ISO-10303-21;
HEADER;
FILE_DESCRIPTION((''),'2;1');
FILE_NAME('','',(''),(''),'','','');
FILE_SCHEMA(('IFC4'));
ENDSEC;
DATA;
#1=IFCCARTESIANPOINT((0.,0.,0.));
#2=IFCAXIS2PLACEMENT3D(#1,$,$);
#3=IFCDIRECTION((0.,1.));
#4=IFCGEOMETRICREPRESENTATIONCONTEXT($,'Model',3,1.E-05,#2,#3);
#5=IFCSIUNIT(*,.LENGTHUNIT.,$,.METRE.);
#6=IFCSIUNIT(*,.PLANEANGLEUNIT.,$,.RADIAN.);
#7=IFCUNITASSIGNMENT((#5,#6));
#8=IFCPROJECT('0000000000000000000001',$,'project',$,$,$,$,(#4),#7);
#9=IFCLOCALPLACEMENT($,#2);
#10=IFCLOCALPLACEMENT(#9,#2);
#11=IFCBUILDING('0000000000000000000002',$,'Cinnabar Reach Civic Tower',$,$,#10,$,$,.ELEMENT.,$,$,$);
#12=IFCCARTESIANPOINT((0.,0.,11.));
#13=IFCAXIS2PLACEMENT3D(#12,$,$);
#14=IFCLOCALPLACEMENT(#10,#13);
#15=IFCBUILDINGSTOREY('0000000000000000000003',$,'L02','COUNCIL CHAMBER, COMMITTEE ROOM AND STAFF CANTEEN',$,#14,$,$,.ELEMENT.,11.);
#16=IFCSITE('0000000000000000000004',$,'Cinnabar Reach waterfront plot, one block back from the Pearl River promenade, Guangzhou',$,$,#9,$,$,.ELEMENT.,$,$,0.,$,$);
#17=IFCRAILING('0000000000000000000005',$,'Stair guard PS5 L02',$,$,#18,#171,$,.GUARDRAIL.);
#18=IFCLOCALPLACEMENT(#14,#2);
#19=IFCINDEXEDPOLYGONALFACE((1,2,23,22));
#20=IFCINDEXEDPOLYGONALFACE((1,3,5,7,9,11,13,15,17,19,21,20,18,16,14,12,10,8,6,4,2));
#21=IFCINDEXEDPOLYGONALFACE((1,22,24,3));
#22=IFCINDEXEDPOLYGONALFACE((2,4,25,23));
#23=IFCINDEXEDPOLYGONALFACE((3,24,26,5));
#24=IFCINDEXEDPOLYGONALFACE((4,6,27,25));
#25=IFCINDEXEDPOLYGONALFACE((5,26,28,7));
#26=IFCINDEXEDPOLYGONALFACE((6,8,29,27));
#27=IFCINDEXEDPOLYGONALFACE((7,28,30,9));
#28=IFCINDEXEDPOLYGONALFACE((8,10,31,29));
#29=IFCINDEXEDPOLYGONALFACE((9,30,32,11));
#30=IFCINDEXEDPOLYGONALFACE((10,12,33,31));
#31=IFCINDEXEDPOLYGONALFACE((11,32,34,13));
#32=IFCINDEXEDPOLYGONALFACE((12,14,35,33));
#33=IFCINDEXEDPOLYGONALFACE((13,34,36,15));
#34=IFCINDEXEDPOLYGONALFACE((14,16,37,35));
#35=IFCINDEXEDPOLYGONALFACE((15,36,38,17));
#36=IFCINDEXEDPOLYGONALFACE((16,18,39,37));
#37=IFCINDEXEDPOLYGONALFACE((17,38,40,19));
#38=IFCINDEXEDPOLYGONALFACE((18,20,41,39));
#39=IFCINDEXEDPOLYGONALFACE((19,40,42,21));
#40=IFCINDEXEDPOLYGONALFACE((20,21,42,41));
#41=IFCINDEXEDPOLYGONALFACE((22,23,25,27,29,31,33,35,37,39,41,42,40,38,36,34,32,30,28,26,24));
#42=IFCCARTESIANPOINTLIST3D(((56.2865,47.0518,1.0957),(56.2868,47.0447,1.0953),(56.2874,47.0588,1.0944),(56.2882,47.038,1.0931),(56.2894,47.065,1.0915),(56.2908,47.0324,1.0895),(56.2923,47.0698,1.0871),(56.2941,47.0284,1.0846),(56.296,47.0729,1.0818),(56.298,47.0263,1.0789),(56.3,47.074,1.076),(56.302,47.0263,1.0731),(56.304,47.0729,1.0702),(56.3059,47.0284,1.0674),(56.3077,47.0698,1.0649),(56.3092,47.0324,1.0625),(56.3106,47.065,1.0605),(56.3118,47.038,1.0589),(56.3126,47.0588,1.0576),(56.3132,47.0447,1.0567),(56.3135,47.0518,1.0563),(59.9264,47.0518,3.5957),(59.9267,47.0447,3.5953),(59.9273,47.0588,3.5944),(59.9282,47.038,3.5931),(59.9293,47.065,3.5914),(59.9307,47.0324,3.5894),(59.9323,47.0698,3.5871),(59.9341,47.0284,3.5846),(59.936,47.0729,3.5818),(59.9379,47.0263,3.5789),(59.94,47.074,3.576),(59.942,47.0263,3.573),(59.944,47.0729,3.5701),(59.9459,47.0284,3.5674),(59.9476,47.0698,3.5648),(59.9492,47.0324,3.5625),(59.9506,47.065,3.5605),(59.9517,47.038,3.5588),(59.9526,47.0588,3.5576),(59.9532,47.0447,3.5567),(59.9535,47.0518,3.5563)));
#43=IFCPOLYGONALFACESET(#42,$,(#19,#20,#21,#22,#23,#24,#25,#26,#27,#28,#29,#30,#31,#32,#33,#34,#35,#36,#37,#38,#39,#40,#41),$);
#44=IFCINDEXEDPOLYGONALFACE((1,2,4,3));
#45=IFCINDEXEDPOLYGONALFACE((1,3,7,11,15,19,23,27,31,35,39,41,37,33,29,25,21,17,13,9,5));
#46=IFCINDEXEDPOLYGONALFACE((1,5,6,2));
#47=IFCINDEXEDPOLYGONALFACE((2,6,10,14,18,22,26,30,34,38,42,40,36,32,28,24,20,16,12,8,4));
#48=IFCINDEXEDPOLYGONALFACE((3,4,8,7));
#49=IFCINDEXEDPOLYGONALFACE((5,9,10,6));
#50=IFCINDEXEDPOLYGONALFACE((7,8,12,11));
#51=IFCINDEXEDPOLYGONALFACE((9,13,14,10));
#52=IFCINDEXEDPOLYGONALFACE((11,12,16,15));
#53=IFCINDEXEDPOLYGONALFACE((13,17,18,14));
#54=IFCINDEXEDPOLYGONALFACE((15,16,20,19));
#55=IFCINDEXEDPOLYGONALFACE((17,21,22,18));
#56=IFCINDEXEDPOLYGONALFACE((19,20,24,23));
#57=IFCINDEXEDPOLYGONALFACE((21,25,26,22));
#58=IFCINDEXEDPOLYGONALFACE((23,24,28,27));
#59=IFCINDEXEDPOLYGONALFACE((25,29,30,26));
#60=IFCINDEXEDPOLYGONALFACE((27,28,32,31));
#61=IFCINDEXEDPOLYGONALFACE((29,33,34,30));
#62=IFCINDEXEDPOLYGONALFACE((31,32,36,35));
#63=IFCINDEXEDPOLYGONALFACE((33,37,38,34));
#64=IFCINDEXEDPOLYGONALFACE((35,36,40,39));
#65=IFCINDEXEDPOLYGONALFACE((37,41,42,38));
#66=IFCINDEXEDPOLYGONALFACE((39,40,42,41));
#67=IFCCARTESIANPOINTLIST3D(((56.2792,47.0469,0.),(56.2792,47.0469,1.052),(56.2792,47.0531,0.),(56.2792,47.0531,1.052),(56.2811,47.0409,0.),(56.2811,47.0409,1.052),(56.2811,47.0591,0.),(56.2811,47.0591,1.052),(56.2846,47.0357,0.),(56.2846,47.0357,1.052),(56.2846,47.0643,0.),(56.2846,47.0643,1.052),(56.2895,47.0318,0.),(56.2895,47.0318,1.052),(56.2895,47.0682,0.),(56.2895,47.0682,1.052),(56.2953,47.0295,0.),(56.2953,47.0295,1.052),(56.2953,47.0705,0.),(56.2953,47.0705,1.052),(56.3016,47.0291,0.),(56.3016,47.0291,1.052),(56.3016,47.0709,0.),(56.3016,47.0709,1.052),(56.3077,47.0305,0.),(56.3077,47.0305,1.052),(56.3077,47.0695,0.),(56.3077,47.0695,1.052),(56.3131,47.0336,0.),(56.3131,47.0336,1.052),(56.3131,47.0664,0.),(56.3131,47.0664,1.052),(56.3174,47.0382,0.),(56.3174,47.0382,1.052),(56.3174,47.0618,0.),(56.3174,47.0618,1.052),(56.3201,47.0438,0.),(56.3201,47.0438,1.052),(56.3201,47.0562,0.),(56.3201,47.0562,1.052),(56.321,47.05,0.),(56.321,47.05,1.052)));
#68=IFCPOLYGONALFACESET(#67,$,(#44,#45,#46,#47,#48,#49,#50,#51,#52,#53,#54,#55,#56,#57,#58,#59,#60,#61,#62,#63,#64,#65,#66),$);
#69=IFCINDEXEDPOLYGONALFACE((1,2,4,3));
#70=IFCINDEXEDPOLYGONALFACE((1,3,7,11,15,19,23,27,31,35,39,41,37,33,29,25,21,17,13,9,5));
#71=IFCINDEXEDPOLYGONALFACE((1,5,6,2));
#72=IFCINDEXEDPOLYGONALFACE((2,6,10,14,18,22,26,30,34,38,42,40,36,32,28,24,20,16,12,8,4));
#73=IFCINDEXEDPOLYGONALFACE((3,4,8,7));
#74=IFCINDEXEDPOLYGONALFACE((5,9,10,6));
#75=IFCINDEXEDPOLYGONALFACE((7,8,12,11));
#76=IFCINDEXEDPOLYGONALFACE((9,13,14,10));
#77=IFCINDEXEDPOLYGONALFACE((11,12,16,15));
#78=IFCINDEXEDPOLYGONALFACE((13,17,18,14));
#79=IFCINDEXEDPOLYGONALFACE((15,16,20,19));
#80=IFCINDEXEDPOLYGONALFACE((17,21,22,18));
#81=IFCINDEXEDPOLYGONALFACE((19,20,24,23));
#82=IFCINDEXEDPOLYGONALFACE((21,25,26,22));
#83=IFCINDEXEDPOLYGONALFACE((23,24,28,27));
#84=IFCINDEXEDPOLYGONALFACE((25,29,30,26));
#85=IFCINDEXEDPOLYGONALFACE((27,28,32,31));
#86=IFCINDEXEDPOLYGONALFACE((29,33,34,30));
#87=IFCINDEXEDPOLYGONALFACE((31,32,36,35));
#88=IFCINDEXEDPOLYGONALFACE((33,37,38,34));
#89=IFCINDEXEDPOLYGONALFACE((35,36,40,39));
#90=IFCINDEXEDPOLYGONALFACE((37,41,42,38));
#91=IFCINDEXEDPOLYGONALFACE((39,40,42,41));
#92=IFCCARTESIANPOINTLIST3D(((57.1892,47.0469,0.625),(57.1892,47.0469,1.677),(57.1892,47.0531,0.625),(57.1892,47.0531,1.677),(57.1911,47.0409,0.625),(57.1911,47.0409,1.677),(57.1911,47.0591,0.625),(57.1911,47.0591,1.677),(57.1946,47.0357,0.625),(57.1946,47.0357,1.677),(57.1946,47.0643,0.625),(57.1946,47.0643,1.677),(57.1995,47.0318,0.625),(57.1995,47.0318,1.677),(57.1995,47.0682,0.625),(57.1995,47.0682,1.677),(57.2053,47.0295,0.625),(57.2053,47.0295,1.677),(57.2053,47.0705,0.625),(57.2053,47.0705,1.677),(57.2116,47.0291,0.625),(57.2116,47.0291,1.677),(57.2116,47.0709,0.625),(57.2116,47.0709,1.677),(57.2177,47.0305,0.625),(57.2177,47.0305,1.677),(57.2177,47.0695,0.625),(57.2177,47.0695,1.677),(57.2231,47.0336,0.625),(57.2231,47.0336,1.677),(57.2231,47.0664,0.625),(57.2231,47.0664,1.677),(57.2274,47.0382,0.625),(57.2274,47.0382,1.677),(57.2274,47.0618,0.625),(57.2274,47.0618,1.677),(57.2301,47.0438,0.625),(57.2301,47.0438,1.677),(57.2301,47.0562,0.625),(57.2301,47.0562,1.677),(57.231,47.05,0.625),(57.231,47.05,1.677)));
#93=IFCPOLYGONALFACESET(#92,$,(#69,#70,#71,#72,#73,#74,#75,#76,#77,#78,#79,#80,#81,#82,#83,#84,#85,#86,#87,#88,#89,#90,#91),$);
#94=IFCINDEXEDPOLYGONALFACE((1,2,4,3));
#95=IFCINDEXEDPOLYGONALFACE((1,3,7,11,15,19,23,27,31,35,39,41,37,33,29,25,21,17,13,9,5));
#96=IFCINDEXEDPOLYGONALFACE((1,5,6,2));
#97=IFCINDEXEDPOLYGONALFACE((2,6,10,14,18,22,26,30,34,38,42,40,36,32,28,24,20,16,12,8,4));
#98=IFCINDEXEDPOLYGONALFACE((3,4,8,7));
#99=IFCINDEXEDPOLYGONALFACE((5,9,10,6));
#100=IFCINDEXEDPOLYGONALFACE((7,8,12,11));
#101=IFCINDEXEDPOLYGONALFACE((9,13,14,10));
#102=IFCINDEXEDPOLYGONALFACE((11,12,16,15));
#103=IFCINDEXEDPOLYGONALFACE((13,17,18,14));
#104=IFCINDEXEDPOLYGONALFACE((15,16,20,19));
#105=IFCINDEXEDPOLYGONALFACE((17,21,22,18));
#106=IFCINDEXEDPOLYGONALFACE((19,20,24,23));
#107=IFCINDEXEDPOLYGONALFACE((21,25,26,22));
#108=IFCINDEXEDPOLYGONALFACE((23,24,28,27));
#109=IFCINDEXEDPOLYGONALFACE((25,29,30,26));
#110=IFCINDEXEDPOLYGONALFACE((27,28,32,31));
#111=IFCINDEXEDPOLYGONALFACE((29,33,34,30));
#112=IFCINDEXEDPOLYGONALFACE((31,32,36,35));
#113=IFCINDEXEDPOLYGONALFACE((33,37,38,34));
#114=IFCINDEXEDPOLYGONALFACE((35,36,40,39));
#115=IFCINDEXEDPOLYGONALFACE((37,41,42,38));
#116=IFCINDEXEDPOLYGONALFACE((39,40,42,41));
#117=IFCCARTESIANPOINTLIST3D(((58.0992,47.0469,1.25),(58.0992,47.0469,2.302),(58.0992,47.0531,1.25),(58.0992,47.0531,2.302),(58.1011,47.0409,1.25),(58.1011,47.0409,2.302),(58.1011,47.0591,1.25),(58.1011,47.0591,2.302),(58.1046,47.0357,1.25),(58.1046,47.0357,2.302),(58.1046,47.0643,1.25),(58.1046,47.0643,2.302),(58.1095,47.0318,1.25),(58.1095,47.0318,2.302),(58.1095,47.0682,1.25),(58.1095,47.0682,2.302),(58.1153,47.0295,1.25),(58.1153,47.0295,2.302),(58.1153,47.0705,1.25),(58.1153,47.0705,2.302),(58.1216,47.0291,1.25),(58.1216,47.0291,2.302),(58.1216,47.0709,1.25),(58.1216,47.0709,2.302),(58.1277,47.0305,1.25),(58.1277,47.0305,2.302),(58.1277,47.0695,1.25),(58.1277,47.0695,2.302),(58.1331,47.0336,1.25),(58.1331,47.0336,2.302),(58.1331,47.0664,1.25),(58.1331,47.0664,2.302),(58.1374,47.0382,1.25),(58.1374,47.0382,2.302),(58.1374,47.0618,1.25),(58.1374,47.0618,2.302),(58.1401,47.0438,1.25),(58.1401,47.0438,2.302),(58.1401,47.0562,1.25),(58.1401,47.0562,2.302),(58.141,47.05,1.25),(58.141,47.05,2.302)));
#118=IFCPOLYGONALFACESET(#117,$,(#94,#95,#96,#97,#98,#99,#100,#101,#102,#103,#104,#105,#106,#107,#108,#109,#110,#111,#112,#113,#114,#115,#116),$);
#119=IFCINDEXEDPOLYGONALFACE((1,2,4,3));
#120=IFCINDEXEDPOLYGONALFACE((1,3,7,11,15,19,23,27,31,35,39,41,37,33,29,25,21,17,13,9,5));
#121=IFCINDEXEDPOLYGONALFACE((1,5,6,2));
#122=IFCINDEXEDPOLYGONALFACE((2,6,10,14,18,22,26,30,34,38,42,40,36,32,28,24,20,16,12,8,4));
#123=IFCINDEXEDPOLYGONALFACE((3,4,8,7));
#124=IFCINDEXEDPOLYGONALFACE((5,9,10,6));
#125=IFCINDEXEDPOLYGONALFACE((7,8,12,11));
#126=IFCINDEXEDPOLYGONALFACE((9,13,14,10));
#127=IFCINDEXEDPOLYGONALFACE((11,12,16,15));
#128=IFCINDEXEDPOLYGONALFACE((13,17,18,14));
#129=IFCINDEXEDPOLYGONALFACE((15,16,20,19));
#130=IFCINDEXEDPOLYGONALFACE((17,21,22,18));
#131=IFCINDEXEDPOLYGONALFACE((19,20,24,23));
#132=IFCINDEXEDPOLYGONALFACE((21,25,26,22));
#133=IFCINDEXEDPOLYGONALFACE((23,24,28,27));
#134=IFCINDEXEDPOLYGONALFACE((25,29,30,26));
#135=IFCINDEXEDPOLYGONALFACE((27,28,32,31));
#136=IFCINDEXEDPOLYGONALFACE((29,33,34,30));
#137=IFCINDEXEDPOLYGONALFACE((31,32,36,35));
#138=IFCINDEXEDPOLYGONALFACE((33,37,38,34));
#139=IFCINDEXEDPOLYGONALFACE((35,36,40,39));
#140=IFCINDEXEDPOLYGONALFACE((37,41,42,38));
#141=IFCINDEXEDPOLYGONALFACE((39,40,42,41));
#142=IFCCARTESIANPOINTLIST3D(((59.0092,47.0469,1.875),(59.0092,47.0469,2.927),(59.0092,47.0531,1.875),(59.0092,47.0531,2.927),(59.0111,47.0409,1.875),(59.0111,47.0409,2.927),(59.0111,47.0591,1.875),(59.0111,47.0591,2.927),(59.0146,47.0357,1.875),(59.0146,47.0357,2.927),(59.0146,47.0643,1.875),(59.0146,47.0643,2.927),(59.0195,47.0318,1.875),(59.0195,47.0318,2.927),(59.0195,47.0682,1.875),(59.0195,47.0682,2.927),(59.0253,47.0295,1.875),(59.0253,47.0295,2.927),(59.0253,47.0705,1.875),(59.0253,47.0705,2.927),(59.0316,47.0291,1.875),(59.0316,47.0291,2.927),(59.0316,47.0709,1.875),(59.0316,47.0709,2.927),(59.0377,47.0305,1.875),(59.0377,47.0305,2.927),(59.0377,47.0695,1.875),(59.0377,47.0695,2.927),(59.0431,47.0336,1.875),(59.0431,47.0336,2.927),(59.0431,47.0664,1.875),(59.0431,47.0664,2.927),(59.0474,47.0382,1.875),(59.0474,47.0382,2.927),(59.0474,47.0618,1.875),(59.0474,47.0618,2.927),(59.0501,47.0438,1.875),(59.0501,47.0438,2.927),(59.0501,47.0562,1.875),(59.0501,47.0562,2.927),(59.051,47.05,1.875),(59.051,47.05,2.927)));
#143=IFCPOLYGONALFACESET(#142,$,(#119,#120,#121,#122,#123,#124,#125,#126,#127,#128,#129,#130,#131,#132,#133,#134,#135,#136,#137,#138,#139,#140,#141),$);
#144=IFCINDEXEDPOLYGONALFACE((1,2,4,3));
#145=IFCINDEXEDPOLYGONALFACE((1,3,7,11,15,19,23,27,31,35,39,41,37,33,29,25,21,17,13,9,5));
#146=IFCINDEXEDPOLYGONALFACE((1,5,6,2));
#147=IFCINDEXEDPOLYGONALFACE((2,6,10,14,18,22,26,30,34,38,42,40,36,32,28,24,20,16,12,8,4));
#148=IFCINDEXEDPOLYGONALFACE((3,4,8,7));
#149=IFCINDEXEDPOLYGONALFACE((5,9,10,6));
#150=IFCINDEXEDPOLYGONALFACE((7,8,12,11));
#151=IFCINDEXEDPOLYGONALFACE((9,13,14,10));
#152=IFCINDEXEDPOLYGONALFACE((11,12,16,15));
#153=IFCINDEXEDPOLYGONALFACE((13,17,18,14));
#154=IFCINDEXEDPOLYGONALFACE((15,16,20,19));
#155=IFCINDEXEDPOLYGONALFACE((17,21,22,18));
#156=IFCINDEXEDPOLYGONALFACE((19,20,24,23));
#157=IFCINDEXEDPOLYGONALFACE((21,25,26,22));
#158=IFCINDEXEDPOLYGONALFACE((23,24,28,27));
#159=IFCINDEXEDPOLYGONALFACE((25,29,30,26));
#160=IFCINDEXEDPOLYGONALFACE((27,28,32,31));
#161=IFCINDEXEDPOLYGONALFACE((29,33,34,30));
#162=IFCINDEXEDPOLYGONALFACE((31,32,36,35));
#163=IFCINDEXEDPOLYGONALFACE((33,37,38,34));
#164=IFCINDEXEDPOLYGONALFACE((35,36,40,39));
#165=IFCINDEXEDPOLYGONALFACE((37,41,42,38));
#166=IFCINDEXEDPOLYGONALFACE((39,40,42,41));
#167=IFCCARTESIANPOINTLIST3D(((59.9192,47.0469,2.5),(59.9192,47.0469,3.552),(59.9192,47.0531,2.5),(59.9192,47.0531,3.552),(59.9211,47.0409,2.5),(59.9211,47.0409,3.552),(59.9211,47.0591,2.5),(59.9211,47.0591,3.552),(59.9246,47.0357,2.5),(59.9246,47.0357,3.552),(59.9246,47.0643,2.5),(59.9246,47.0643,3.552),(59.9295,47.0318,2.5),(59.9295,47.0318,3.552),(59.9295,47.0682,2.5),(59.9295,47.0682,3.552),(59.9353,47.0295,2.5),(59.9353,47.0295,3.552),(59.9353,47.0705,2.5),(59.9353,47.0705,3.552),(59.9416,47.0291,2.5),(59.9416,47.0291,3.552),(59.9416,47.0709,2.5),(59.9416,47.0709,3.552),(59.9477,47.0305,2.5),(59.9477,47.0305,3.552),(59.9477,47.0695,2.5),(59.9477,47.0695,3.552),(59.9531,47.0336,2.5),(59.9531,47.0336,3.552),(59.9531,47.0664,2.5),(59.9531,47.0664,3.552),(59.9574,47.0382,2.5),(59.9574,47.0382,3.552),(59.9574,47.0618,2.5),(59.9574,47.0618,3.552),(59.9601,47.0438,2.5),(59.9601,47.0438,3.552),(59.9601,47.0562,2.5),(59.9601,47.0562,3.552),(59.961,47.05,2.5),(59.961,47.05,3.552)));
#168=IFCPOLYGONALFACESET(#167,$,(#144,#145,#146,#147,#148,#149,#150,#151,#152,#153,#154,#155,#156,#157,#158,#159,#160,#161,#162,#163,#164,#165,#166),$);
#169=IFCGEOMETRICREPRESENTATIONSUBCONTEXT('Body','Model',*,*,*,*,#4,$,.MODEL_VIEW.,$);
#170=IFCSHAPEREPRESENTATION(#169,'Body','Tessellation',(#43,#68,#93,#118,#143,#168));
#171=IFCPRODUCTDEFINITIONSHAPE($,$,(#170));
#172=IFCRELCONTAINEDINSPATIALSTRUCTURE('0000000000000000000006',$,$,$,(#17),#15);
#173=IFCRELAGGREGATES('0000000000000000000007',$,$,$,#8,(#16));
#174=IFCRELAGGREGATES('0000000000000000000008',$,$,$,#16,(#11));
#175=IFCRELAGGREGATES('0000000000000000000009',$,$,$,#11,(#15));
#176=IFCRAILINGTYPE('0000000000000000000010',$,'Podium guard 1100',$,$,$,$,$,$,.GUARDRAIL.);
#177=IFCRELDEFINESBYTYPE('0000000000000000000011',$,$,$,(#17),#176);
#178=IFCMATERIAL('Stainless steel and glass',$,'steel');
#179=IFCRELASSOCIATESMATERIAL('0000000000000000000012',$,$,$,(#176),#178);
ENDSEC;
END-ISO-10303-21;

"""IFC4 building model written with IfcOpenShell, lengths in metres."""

from ifc_helpers import new_model, si_unit, direction, frame, origin, origin_2d, place, context, subcontext, project, spatial, circle, extrude, material, type_object, element, save


model = new_model("IFC4")

# Units and contexts
model_context = context("Model", 3, precision=1e-05, world=origin(), true_north=direction((0.0, 1.0)))
body_context = subcontext(model_context, "Body", "Model", "MODEL_VIEW")
ifc_project = project(units=[si_unit("LENGTHUNIT", "METRE"), si_unit("PLANEANGLEUNIT", "RADIAN")], contexts=[model_context])

# Site, building, storey
site_placement = place(None, origin())
site = spatial("IfcSite", under=ifc_project, at=site_placement, Name="Cinnabar Reach waterfront plot, one block back from the Pearl River promenade, Guangzhou", CompositionType="ELEMENT", RefElevation=0.0)
building_placement = place(site_placement, origin())
building = spatial("IfcBuilding", under=site, at=building_placement, Name="Cinnabar Reach Civic Tower", CompositionType="ELEMENT")
storey_placement = place(building_placement, frame((0.0, 0.0, 11.0)))
storey = spatial("IfcBuildingStorey", under=building, at=storey_placement, Name="L02", Description="COUNCIL CHAMBER, COMMITTEE ROOM AND STAFF CANTEEN", CompositionType="ELEMENT", Elevation=11.0)

# Railing
ifc_material_1 = material(Name="Stainless steel and glass", Category="steel")
railing_type_1 = type_object("IfcRailingType", Name="Podium guard 1100", PredefinedType="GUARDRAIL", material=ifc_material_1)
railing_1_placement = place(storey_placement, frame((56.3, 47.05, 0.0)))
element("IfcRailing", 1, at=railing_1_placement, inside=storey, type_object=railing_type_1, Name="Stair guard PS5 L02", PredefinedType="GUARDRAIL", context=body_context, shape_type="SweptSolid", body=[
    extrude(circle(Radius=0.024, at=origin_2d()), frame((0.0, 0.0, 1.076), z_axis=(0.824306, 0.0, 0.566144), x_axis=(0.0, 1.0, 0.0)), (0.0, 0.0, 1.0), 4.4158),
    extrude(circle(Radius=0.021, at=origin_2d()), origin(), (0.0, 0.0, 1.0), 1.052),
    extrude(circle(Radius=0.021, at=origin_2d()), frame((0.91, 0.0, 0.625)), (0.0, 0.0, 1.0), 1.052),
    extrude(circle(Radius=0.021, at=origin_2d()), frame((1.82, 0.0, 1.25)), (0.0, 0.0, 1.0), 1.052),
    extrude(circle(Radius=0.021, at=origin_2d()), frame((2.73, 0.0, 1.875)), (0.0, 0.0, 1.0), 1.052),
    extrude(circle(Radius=0.021, at=origin_2d()), frame((3.64, 0.0, 2.5)), (0.0, 0.0, 1.0), 1.052),
])

save(model, "model.ifc")
